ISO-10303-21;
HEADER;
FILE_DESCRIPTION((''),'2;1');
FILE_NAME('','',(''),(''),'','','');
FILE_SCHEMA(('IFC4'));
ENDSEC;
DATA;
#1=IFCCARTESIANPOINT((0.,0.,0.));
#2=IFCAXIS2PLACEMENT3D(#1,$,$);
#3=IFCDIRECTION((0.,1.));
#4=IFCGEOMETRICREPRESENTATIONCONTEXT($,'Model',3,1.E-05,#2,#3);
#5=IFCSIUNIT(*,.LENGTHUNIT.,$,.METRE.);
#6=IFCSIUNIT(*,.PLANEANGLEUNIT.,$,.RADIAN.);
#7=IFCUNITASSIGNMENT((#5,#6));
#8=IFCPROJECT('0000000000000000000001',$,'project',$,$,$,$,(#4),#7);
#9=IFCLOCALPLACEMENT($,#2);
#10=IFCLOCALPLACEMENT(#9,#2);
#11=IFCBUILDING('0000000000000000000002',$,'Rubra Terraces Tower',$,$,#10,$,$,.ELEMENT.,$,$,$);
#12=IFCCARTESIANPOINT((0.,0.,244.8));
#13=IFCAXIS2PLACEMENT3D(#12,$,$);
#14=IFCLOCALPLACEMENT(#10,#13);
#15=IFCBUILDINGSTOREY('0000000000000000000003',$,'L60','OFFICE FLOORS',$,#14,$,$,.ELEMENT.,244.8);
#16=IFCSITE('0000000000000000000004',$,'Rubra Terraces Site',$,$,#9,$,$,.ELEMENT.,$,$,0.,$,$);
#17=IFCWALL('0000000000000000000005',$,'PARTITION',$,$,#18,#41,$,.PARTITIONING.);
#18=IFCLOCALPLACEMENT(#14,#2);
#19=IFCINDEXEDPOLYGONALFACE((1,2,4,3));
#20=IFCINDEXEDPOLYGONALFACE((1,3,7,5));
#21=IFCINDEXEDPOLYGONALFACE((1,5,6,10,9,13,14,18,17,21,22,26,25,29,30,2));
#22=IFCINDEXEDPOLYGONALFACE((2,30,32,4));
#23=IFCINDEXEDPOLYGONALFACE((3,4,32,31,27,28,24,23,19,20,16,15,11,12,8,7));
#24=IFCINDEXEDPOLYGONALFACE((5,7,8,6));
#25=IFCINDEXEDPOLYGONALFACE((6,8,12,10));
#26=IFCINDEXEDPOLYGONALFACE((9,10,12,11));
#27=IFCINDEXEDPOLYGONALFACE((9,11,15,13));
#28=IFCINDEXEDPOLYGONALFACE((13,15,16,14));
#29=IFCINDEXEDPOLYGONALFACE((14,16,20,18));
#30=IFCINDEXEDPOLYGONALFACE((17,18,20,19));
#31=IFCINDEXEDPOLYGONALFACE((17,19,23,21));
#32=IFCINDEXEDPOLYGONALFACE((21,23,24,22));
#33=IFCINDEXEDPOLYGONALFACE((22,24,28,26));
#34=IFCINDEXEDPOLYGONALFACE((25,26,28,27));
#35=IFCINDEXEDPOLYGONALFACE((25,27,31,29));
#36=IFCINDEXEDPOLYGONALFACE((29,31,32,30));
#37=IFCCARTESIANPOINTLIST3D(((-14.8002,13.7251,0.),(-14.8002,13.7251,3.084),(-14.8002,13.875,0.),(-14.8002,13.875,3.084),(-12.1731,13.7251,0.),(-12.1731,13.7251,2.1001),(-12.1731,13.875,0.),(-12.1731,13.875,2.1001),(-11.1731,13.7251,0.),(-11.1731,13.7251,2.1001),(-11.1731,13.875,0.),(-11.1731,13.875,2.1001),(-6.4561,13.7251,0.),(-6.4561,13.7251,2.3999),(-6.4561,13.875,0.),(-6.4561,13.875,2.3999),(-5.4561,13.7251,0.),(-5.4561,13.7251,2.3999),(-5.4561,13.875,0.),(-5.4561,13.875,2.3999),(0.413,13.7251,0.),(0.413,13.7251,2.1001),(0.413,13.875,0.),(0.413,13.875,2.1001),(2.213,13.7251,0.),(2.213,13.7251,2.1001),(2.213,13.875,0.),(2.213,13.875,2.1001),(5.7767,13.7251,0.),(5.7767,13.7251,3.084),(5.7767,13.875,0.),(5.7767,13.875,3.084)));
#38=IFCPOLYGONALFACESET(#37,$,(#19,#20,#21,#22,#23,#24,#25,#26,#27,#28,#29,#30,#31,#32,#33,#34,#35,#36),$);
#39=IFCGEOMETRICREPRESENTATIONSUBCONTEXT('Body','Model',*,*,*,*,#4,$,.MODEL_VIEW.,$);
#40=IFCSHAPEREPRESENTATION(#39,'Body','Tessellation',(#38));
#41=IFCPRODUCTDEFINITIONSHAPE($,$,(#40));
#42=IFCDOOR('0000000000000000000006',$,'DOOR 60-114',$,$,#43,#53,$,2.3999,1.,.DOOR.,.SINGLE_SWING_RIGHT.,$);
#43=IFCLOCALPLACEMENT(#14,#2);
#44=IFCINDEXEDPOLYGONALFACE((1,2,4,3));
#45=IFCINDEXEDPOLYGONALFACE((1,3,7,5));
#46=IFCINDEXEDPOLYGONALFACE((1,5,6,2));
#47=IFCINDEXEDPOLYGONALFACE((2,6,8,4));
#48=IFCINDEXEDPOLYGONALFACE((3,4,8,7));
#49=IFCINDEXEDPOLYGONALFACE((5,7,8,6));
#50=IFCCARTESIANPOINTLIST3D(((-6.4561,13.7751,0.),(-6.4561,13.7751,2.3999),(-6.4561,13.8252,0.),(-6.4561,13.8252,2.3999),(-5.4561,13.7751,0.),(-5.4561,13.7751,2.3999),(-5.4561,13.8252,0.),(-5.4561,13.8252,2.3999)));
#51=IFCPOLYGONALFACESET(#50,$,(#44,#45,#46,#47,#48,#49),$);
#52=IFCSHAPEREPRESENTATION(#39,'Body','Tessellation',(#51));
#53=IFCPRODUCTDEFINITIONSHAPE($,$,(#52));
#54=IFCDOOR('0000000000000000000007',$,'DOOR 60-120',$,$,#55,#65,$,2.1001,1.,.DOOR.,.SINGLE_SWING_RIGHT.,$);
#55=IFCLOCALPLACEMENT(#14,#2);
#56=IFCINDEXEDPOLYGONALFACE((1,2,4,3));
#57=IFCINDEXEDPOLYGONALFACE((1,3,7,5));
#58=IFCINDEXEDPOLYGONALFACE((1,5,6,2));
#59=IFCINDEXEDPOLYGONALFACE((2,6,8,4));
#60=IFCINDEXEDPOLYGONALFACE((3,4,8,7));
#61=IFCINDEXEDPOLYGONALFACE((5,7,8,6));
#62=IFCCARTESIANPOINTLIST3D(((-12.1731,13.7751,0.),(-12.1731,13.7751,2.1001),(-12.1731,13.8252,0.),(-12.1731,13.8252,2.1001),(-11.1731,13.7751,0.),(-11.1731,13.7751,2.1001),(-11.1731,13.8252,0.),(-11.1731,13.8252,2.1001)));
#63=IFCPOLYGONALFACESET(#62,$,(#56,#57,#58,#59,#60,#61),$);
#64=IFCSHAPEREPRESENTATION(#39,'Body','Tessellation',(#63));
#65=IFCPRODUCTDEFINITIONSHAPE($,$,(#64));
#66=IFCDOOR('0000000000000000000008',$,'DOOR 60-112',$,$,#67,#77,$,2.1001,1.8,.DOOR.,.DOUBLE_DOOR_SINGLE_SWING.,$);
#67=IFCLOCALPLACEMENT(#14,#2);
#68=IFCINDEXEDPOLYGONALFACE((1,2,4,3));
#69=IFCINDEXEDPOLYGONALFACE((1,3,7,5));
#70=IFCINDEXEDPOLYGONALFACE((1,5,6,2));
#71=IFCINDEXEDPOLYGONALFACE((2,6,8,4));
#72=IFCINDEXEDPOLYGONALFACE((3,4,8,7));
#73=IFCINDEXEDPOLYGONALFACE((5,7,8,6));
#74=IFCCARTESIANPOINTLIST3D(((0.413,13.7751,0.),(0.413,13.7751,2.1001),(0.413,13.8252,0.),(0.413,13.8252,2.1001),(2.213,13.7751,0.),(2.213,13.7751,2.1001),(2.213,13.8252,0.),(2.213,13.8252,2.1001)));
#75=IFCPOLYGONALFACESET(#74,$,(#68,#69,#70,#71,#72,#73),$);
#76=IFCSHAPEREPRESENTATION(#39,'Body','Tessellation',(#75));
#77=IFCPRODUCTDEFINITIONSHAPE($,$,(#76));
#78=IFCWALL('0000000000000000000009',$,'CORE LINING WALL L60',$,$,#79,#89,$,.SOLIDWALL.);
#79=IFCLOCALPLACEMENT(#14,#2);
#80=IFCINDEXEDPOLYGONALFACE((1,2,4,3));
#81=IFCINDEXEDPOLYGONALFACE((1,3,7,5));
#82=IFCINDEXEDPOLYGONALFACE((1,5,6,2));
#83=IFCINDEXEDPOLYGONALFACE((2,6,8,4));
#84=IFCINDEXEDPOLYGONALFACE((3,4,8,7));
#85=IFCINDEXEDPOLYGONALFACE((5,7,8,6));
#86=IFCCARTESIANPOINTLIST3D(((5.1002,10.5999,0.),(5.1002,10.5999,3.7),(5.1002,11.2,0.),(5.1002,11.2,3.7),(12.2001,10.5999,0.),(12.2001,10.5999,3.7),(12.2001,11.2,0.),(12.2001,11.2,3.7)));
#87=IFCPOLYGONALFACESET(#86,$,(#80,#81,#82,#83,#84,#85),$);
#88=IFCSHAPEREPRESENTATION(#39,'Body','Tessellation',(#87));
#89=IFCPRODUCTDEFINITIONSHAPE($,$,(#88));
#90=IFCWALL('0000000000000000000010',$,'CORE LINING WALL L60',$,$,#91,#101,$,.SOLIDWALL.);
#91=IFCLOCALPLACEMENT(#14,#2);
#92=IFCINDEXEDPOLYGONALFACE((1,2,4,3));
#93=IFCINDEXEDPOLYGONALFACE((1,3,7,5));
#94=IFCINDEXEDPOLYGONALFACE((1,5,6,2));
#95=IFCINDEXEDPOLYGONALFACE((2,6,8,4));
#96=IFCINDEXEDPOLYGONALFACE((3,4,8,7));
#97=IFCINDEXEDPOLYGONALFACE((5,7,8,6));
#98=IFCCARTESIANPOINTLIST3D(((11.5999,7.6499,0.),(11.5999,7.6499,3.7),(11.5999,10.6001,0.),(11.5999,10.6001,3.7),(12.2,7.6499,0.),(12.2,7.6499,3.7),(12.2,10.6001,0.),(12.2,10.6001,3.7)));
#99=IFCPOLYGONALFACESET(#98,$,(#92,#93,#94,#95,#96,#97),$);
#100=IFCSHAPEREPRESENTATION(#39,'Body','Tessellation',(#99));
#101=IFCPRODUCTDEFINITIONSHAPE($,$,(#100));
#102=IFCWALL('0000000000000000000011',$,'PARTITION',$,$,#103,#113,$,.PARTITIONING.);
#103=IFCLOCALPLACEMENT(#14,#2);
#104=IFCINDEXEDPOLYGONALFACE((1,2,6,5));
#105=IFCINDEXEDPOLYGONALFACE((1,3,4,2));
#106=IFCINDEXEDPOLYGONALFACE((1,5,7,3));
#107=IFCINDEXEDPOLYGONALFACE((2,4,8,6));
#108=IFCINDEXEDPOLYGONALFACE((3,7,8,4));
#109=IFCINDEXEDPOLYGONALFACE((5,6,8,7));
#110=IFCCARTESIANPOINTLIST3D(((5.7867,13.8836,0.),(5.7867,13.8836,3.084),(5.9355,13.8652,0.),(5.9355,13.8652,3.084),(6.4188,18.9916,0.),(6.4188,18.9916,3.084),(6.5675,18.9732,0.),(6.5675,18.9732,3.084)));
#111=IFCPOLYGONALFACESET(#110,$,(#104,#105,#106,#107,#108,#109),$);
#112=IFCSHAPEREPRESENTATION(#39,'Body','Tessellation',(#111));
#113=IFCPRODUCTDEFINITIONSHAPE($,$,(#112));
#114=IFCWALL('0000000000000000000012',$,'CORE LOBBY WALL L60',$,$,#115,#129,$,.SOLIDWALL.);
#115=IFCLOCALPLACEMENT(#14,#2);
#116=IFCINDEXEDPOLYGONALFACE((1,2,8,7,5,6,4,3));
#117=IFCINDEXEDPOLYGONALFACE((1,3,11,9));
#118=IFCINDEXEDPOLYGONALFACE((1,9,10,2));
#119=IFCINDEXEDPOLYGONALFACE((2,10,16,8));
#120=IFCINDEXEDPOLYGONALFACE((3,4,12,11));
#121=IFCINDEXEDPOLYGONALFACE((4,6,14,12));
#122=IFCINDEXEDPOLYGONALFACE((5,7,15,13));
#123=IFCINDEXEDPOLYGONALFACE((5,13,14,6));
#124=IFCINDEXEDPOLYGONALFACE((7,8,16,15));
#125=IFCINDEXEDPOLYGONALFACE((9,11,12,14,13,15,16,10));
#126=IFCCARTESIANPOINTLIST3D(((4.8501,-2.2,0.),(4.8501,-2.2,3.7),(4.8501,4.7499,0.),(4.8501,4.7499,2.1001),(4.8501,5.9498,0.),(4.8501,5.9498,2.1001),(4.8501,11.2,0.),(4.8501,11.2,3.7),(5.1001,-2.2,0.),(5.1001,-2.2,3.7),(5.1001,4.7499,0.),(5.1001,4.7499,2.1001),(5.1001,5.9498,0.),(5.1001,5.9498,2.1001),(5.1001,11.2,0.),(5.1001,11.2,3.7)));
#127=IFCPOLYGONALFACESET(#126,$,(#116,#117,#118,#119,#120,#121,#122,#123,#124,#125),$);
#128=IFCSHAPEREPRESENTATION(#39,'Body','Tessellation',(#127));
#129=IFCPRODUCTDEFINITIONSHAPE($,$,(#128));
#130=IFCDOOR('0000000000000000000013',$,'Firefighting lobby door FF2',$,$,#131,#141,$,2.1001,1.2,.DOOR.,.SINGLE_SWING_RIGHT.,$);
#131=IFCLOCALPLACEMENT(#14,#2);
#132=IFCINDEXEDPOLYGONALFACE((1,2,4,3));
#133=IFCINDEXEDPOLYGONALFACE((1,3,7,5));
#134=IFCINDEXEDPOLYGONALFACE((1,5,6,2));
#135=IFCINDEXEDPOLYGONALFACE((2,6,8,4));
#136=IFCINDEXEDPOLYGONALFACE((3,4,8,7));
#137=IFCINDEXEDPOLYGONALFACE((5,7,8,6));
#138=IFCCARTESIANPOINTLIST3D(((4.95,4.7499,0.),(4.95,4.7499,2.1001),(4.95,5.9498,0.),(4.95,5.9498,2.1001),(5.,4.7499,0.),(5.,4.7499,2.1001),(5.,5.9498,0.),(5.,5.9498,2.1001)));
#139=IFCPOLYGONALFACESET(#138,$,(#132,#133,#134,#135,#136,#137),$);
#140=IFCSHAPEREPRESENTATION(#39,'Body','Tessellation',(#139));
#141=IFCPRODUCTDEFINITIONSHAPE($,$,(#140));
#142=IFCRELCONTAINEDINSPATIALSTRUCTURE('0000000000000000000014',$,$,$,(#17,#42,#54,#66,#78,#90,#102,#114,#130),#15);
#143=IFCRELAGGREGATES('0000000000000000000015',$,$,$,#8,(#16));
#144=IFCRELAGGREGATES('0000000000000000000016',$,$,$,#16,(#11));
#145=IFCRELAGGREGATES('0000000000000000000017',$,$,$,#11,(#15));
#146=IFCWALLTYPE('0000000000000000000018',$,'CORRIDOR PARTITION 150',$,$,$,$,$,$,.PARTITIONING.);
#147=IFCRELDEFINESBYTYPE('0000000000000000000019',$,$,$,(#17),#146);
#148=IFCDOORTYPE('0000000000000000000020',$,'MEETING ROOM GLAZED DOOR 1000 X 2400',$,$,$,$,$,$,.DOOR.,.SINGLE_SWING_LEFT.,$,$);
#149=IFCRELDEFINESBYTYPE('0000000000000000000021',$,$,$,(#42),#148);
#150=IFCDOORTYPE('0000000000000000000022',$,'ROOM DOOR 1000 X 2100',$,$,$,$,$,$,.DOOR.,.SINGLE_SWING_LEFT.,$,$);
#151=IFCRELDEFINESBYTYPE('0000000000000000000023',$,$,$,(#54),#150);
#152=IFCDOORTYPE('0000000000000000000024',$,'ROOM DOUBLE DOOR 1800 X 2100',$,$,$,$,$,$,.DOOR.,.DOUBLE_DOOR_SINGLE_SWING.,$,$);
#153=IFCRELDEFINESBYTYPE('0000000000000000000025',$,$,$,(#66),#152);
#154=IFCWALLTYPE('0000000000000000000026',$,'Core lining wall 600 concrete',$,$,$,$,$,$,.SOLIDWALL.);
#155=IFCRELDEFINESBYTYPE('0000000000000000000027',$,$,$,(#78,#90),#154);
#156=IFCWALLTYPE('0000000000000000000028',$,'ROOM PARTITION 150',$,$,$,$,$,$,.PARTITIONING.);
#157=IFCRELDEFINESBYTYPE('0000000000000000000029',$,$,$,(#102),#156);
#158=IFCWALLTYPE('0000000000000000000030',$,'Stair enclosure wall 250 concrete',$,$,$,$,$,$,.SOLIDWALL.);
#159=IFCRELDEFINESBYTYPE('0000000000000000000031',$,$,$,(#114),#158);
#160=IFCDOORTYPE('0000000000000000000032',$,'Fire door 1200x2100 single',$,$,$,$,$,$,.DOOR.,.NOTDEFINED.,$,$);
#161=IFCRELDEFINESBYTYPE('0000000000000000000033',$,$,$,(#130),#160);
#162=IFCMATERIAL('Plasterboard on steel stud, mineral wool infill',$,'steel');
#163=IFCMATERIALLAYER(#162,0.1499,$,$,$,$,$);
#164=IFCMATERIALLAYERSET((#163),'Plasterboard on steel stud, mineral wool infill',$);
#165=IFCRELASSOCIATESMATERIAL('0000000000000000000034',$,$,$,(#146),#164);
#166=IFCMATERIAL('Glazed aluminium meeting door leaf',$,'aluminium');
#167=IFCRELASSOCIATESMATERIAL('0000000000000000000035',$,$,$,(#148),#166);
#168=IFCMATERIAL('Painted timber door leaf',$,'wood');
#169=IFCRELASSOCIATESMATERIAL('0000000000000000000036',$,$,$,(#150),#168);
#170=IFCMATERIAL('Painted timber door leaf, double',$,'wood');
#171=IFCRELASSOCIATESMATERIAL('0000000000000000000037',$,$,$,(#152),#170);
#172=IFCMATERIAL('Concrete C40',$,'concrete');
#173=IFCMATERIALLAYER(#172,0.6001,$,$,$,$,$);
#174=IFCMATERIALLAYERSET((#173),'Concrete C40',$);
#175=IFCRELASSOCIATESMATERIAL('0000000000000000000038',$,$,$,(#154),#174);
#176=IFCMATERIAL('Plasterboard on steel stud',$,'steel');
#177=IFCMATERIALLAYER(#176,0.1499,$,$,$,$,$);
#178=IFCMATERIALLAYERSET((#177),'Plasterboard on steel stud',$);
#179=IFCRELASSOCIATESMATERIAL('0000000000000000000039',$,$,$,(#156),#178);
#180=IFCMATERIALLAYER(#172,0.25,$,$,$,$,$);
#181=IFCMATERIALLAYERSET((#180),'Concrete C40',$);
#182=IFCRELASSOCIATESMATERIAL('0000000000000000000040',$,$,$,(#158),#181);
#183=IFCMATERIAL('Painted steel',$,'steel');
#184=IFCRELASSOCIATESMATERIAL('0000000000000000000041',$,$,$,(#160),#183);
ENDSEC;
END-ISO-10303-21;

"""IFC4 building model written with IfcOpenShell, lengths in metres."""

from ifc_helpers import new_model, si_unit, direction, frame, frame_2d, origin, place, context, subcontext, project, spatial, rectangle, extrude, material, layer, layer_set, type_object, element, fill, save


model = new_model("IFC4")

# Units and contexts
model_context = context("Model", 3, precision=1e-05, world=origin(), true_north=direction((0.0, 1.0)))
body_context = subcontext(model_context, "Body", "Model", "MODEL_VIEW")
ifc_project = project(units=[si_unit("LENGTHUNIT", "METRE"), si_unit("PLANEANGLEUNIT", "RADIAN")], contexts=[model_context])

# Site, building, storey
site_placement = place(None, origin())
site = spatial("IfcSite", under=ifc_project, at=site_placement, Name="Rubra Terraces Site", CompositionType="ELEMENT", RefElevation=0.0)
building_placement = place(site_placement, origin())
building = spatial("IfcBuilding", under=site, at=building_placement, Name="Rubra Terraces Tower", CompositionType="ELEMENT")
storey_placement = place(building_placement, frame((0.0, 0.0, 244.8)))
storey = spatial("IfcBuildingStorey", under=building, at=storey_placement, Name="L60", Description="OFFICE FLOORS", CompositionType="ELEMENT", Elevation=244.8)

# Wall, openings, doors
ifc_material_1 = material(Name="Plasterboard on steel stud, mineral wool infill", Category="steel")
ifc_layer_1 = layer(ifc_material_1, 0.1499)
ifc_layer_set_1 = layer_set([ifc_layer_1], Name="Plasterboard on steel stud, mineral wool infill")
wall_type_1 = type_object("IfcWallType", Name="CORRIDOR PARTITION 150", PredefinedType="PARTITIONING", material=ifc_layer_set_1)
wall_1_placement = place(storey_placement, frame((5.7769, 13.8, 0.0), z_axis=(0.0, 0.0, 1.0), x_axis=(-1.0, 0.0, 0.0)))
wall_1 = element("IfcWall", 1, at=wall_1_placement, inside=storey, type_object=wall_type_1, Name="PARTITION", PredefinedType="PARTITIONING", context=body_context, shape_type="SweptSolid", body=[
    extrude(rectangle(XDim=20.5769, YDim=0.1499, at=frame_2d((10.2886, 0.0))), origin(), (0.0, 0.0, 1.0), 3.084),
])
opening_1_placement = place(wall_1_placement, frame((3.564, 0.0, 0.0)))
opening_1 = element("IfcOpeningElement", 2, at=opening_1_placement, cuts=wall_1, PredefinedType="OPENING", context=body_context, shape_type="SweptSolid", body=[
    extrude(rectangle(XDim=1.8, YDim=2.1001, at=frame_2d((0.8999, 1.05))), frame((0.0, 0.085, 0.0), z_axis=(0.0, -1.0, 0.0), x_axis=(1.0, 0.0, 0.0)), (0.0, 0.0, 1.0), 0.1699),
])
opening_2_placement = place(wall_1_placement, frame((11.2329, 0.0, 0.0)))
opening_2 = element("IfcOpeningElement", 3, at=opening_2_placement, cuts=wall_1, PredefinedType="OPENING", context=body_context, shape_type="SweptSolid", body=[
    extrude(rectangle(XDim=1.0, YDim=2.3999, at=frame_2d((0.5, 1.2))), frame((0.0, 0.085, 0.0), z_axis=(0.0, -1.0, 0.0), x_axis=(1.0, 0.0, 0.0)), (0.0, 0.0, 1.0), 0.1699),
])
opening_3_placement = place(wall_1_placement, frame((16.95, 0.0, 0.0)))
opening_3 = element("IfcOpeningElement", 4, at=opening_3_placement, cuts=wall_1, PredefinedType="OPENING", context=body_context, shape_type="SweptSolid", body=[
    extrude(rectangle(XDim=1.0, YDim=2.1001, at=frame_2d((0.5, 1.05))), frame((0.0, 0.085, 0.0), z_axis=(0.0, -1.0, 0.0), x_axis=(1.0, 0.0, 0.0)), (0.0, 0.0, 1.0), 0.1699),
])
ifc_material_2 = material(Name="Glazed aluminium meeting door leaf", Category="aluminium")
door_type_1 = type_object("IfcDoorType", Name="MEETING ROOM GLAZED DOOR 1000 X 2400", OperationType="SINGLE_SWING_LEFT", PredefinedType="DOOR", material=ifc_material_2)
door_1_placement = place(opening_2_placement, origin())
door_1 = element("IfcDoor", 5, at=door_1_placement, inside=storey, type_object=door_type_1, Name="DOOR 60-114", OperationType="SINGLE_SWING_RIGHT", OverallHeight=2.3999, OverallWidth=1.0, PredefinedType="DOOR", context=body_context, shape_type="SweptSolid", body=[
    extrude(rectangle(XDim=1.0, YDim=2.3999, at=frame_2d((0.5, 1.2))), frame((0.0, 0.0249, 0.0), z_axis=(0.0, -1.0, 0.0), x_axis=(1.0, 0.0, 0.0)), (0.0, 0.0, 1.0), 0.05),
])
fill(opening_2, door_1)
ifc_material_3 = material(Name="Painted timber door leaf", Category="wood")
door_type_2 = type_object("IfcDoorType", Name="ROOM DOOR 1000 X 2100", OperationType="SINGLE_SWING_LEFT", PredefinedType="DOOR", material=ifc_material_3)
door_2_placement = place(opening_3_placement, origin())
door_2 = element("IfcDoor", 6, at=door_2_placement, inside=storey, type_object=door_type_2, Name="DOOR 60-120", OperationType="SINGLE_SWING_RIGHT", OverallHeight=2.1001, OverallWidth=1.0, PredefinedType="DOOR", context=body_context, shape_type="SweptSolid", body=[
    extrude(rectangle(XDim=1.0, YDim=2.1001, at=frame_2d((0.5, 1.05))), frame((0.0, 0.0249, 0.0), z_axis=(0.0, -1.0, 0.0), x_axis=(1.0, 0.0, 0.0)), (0.0, 0.0, 1.0), 0.05),
])
fill(opening_3, door_2)
ifc_material_4 = material(Name="Painted timber door leaf, double", Category="wood")
door_type_3 = type_object("IfcDoorType", Name="ROOM DOUBLE DOOR 1800 X 2100", OperationType="DOUBLE_DOOR_SINGLE_SWING", PredefinedType="DOOR", material=ifc_material_4)
door_3_placement = place(opening_1_placement, origin())
door_3 = element("IfcDoor", 7, at=door_3_placement, inside=storey, type_object=door_type_3, Name="DOOR 60-112", OperationType="DOUBLE_DOOR_SINGLE_SWING", OverallHeight=2.1001, OverallWidth=1.8, PredefinedType="DOOR", context=body_context, shape_type="SweptSolid", body=[
    extrude(rectangle(XDim=1.8, YDim=2.1001, at=frame_2d((0.8999, 1.05))), frame((0.0, 0.0249, 0.0), z_axis=(0.0, -1.0, 0.0), x_axis=(1.0, 0.0, 0.0)), (0.0, 0.0, 1.0), 0.05),
])
fill(opening_1, door_3)

# Walls
ifc_material_5 = material(Name="Concrete C40", Category="concrete")
ifc_layer_2 = layer(ifc_material_5, 0.6001)
ifc_layer_set_2 = layer_set([ifc_layer_2], Name="Concrete C40")
wall_type_2 = type_object("IfcWallType", Name="Core lining wall 600 concrete", PredefinedType="SOLIDWALL", material=ifc_layer_set_2)
wall_2_placement = place(storey_placement, frame((12.2, 10.8999, 0.0), z_axis=(0.0, 0.0, 1.0), x_axis=(-1.0, 0.0, 0.0)))
element("IfcWall", 8, at=wall_2_placement, inside=storey, type_object=wall_type_2, Name="CORE LINING WALL L60", PredefinedType="SOLIDWALL", context=body_context, shape_type="SweptSolid", body=[
    extrude(rectangle(XDim=7.0999, YDim=0.6001, at=frame_2d((3.5498, 0.0))), origin(), (0.0, 0.0, 1.0), 3.7),
])
wall_3_placement = place(storey_placement, frame((11.8999, 10.6001, 0.0), z_axis=(0.0, 0.0, 1.0), x_axis=(0.0, -1.0, 0.0)))
element("IfcWall", 9, at=wall_3_placement, inside=storey, type_object=wall_type_2, Name="CORE LINING WALL L60", PredefinedType="SOLIDWALL", context=body_context, shape_type="SweptSolid", body=[
    extrude(rectangle(XDim=2.9502, YDim=0.6001, at=frame_2d((1.4751, 0.0))), origin(), (0.0, 0.0, 1.0), 3.7),
])
ifc_material_6 = material(Name="Plasterboard on steel stud", Category="steel")
ifc_layer_3 = layer(ifc_material_6, 0.1499)
ifc_layer_set_3 = layer_set([ifc_layer_3], Name="Plasterboard on steel stud")
wall_type_3 = type_object("IfcWallType", Name="ROOM PARTITION 150", PredefinedType="PARTITIONING", material=ifc_layer_set_3)
wall_4_placement = place(storey_placement, frame((6.4932, 18.9824, 0.0), z_axis=(0.0, 0.0, 1.0), x_axis=(-0.122809, -0.99243, 0.0)))
element("IfcWall", 10, at=wall_4_placement, inside=storey, type_object=wall_type_3, Name="PARTITION", PredefinedType="PARTITIONING", context=body_context, shape_type="SweptSolid", body=[
    extrude(rectangle(XDim=5.147, YDim=0.1499, at=frame_2d((2.5735, 0.0))), origin(), (0.0, 0.0, 1.0), 3.084),
])

# Wall, opening, door
ifc_layer_4 = layer(ifc_material_5, 0.25)
ifc_layer_set_4 = layer_set([ifc_layer_4], Name="Concrete C40")
wall_type_4 = type_object("IfcWallType", Name="Stair enclosure wall 250 concrete", PredefinedType="SOLIDWALL", material=ifc_layer_set_4)
wall_5_placement = place(storey_placement, frame((4.9751, 11.2, 0.0), z_axis=(0.0, 0.0, 1.0), x_axis=(0.0, -1.0, 0.0)))
wall_5 = element("IfcWall", 11, at=wall_5_placement, inside=storey, type_object=wall_type_4, Name="CORE LOBBY WALL L60", PredefinedType="SOLIDWALL", context=body_context, shape_type="SweptSolid", body=[
    extrude(rectangle(XDim=13.3999, YDim=0.25, at=frame_2d((6.7, 0.0))), origin(), (0.0, 0.0, 1.0), 3.7),
])
opening_4_placement = place(wall_5_placement, frame((5.25, 0.0, 0.0)))
opening_4 = element("IfcOpeningElement", 12, at=opening_4_placement, cuts=wall_5, PredefinedType="OPENING", context=body_context, shape_type="SweptSolid", body=[
    extrude(rectangle(XDim=1.2, YDim=2.1001, at=frame_2d((0.6001, 1.05))), frame((0.0, 0.135, 0.0), z_axis=(0.0, -1.0, 0.0), x_axis=(1.0, 0.0, 0.0)), (0.0, 0.0, 1.0), 0.27),
])
ifc_material_7 = material(Name="Painted steel", Category="steel")
door_type_4 = type_object("IfcDoorType", Name="Fire door 1200x2100 single", OperationType="NOTDEFINED", PredefinedType="DOOR", material=ifc_material_7)
door_4_placement = place(opening_4_placement, origin())
door_4 = element("IfcDoor", 13, at=door_4_placement, inside=storey, type_object=door_type_4, Name="Firefighting lobby door FF2", OperationType="SINGLE_SWING_RIGHT", OverallHeight=2.1001, OverallWidth=1.2, PredefinedType="DOOR", context=body_context, shape_type="SweptSolid", body=[
    extrude(rectangle(XDim=1.2, YDim=2.1001, at=frame_2d((0.6001, 1.05))), frame((0.0, 0.0249, 0.0), z_axis=(0.0, -1.0, 0.0), x_axis=(1.0, 0.0, 0.0)), (0.0, 0.0, 1.0), 0.05),
])
fill(opening_4, door_4)

save(model, "model.ifc")
